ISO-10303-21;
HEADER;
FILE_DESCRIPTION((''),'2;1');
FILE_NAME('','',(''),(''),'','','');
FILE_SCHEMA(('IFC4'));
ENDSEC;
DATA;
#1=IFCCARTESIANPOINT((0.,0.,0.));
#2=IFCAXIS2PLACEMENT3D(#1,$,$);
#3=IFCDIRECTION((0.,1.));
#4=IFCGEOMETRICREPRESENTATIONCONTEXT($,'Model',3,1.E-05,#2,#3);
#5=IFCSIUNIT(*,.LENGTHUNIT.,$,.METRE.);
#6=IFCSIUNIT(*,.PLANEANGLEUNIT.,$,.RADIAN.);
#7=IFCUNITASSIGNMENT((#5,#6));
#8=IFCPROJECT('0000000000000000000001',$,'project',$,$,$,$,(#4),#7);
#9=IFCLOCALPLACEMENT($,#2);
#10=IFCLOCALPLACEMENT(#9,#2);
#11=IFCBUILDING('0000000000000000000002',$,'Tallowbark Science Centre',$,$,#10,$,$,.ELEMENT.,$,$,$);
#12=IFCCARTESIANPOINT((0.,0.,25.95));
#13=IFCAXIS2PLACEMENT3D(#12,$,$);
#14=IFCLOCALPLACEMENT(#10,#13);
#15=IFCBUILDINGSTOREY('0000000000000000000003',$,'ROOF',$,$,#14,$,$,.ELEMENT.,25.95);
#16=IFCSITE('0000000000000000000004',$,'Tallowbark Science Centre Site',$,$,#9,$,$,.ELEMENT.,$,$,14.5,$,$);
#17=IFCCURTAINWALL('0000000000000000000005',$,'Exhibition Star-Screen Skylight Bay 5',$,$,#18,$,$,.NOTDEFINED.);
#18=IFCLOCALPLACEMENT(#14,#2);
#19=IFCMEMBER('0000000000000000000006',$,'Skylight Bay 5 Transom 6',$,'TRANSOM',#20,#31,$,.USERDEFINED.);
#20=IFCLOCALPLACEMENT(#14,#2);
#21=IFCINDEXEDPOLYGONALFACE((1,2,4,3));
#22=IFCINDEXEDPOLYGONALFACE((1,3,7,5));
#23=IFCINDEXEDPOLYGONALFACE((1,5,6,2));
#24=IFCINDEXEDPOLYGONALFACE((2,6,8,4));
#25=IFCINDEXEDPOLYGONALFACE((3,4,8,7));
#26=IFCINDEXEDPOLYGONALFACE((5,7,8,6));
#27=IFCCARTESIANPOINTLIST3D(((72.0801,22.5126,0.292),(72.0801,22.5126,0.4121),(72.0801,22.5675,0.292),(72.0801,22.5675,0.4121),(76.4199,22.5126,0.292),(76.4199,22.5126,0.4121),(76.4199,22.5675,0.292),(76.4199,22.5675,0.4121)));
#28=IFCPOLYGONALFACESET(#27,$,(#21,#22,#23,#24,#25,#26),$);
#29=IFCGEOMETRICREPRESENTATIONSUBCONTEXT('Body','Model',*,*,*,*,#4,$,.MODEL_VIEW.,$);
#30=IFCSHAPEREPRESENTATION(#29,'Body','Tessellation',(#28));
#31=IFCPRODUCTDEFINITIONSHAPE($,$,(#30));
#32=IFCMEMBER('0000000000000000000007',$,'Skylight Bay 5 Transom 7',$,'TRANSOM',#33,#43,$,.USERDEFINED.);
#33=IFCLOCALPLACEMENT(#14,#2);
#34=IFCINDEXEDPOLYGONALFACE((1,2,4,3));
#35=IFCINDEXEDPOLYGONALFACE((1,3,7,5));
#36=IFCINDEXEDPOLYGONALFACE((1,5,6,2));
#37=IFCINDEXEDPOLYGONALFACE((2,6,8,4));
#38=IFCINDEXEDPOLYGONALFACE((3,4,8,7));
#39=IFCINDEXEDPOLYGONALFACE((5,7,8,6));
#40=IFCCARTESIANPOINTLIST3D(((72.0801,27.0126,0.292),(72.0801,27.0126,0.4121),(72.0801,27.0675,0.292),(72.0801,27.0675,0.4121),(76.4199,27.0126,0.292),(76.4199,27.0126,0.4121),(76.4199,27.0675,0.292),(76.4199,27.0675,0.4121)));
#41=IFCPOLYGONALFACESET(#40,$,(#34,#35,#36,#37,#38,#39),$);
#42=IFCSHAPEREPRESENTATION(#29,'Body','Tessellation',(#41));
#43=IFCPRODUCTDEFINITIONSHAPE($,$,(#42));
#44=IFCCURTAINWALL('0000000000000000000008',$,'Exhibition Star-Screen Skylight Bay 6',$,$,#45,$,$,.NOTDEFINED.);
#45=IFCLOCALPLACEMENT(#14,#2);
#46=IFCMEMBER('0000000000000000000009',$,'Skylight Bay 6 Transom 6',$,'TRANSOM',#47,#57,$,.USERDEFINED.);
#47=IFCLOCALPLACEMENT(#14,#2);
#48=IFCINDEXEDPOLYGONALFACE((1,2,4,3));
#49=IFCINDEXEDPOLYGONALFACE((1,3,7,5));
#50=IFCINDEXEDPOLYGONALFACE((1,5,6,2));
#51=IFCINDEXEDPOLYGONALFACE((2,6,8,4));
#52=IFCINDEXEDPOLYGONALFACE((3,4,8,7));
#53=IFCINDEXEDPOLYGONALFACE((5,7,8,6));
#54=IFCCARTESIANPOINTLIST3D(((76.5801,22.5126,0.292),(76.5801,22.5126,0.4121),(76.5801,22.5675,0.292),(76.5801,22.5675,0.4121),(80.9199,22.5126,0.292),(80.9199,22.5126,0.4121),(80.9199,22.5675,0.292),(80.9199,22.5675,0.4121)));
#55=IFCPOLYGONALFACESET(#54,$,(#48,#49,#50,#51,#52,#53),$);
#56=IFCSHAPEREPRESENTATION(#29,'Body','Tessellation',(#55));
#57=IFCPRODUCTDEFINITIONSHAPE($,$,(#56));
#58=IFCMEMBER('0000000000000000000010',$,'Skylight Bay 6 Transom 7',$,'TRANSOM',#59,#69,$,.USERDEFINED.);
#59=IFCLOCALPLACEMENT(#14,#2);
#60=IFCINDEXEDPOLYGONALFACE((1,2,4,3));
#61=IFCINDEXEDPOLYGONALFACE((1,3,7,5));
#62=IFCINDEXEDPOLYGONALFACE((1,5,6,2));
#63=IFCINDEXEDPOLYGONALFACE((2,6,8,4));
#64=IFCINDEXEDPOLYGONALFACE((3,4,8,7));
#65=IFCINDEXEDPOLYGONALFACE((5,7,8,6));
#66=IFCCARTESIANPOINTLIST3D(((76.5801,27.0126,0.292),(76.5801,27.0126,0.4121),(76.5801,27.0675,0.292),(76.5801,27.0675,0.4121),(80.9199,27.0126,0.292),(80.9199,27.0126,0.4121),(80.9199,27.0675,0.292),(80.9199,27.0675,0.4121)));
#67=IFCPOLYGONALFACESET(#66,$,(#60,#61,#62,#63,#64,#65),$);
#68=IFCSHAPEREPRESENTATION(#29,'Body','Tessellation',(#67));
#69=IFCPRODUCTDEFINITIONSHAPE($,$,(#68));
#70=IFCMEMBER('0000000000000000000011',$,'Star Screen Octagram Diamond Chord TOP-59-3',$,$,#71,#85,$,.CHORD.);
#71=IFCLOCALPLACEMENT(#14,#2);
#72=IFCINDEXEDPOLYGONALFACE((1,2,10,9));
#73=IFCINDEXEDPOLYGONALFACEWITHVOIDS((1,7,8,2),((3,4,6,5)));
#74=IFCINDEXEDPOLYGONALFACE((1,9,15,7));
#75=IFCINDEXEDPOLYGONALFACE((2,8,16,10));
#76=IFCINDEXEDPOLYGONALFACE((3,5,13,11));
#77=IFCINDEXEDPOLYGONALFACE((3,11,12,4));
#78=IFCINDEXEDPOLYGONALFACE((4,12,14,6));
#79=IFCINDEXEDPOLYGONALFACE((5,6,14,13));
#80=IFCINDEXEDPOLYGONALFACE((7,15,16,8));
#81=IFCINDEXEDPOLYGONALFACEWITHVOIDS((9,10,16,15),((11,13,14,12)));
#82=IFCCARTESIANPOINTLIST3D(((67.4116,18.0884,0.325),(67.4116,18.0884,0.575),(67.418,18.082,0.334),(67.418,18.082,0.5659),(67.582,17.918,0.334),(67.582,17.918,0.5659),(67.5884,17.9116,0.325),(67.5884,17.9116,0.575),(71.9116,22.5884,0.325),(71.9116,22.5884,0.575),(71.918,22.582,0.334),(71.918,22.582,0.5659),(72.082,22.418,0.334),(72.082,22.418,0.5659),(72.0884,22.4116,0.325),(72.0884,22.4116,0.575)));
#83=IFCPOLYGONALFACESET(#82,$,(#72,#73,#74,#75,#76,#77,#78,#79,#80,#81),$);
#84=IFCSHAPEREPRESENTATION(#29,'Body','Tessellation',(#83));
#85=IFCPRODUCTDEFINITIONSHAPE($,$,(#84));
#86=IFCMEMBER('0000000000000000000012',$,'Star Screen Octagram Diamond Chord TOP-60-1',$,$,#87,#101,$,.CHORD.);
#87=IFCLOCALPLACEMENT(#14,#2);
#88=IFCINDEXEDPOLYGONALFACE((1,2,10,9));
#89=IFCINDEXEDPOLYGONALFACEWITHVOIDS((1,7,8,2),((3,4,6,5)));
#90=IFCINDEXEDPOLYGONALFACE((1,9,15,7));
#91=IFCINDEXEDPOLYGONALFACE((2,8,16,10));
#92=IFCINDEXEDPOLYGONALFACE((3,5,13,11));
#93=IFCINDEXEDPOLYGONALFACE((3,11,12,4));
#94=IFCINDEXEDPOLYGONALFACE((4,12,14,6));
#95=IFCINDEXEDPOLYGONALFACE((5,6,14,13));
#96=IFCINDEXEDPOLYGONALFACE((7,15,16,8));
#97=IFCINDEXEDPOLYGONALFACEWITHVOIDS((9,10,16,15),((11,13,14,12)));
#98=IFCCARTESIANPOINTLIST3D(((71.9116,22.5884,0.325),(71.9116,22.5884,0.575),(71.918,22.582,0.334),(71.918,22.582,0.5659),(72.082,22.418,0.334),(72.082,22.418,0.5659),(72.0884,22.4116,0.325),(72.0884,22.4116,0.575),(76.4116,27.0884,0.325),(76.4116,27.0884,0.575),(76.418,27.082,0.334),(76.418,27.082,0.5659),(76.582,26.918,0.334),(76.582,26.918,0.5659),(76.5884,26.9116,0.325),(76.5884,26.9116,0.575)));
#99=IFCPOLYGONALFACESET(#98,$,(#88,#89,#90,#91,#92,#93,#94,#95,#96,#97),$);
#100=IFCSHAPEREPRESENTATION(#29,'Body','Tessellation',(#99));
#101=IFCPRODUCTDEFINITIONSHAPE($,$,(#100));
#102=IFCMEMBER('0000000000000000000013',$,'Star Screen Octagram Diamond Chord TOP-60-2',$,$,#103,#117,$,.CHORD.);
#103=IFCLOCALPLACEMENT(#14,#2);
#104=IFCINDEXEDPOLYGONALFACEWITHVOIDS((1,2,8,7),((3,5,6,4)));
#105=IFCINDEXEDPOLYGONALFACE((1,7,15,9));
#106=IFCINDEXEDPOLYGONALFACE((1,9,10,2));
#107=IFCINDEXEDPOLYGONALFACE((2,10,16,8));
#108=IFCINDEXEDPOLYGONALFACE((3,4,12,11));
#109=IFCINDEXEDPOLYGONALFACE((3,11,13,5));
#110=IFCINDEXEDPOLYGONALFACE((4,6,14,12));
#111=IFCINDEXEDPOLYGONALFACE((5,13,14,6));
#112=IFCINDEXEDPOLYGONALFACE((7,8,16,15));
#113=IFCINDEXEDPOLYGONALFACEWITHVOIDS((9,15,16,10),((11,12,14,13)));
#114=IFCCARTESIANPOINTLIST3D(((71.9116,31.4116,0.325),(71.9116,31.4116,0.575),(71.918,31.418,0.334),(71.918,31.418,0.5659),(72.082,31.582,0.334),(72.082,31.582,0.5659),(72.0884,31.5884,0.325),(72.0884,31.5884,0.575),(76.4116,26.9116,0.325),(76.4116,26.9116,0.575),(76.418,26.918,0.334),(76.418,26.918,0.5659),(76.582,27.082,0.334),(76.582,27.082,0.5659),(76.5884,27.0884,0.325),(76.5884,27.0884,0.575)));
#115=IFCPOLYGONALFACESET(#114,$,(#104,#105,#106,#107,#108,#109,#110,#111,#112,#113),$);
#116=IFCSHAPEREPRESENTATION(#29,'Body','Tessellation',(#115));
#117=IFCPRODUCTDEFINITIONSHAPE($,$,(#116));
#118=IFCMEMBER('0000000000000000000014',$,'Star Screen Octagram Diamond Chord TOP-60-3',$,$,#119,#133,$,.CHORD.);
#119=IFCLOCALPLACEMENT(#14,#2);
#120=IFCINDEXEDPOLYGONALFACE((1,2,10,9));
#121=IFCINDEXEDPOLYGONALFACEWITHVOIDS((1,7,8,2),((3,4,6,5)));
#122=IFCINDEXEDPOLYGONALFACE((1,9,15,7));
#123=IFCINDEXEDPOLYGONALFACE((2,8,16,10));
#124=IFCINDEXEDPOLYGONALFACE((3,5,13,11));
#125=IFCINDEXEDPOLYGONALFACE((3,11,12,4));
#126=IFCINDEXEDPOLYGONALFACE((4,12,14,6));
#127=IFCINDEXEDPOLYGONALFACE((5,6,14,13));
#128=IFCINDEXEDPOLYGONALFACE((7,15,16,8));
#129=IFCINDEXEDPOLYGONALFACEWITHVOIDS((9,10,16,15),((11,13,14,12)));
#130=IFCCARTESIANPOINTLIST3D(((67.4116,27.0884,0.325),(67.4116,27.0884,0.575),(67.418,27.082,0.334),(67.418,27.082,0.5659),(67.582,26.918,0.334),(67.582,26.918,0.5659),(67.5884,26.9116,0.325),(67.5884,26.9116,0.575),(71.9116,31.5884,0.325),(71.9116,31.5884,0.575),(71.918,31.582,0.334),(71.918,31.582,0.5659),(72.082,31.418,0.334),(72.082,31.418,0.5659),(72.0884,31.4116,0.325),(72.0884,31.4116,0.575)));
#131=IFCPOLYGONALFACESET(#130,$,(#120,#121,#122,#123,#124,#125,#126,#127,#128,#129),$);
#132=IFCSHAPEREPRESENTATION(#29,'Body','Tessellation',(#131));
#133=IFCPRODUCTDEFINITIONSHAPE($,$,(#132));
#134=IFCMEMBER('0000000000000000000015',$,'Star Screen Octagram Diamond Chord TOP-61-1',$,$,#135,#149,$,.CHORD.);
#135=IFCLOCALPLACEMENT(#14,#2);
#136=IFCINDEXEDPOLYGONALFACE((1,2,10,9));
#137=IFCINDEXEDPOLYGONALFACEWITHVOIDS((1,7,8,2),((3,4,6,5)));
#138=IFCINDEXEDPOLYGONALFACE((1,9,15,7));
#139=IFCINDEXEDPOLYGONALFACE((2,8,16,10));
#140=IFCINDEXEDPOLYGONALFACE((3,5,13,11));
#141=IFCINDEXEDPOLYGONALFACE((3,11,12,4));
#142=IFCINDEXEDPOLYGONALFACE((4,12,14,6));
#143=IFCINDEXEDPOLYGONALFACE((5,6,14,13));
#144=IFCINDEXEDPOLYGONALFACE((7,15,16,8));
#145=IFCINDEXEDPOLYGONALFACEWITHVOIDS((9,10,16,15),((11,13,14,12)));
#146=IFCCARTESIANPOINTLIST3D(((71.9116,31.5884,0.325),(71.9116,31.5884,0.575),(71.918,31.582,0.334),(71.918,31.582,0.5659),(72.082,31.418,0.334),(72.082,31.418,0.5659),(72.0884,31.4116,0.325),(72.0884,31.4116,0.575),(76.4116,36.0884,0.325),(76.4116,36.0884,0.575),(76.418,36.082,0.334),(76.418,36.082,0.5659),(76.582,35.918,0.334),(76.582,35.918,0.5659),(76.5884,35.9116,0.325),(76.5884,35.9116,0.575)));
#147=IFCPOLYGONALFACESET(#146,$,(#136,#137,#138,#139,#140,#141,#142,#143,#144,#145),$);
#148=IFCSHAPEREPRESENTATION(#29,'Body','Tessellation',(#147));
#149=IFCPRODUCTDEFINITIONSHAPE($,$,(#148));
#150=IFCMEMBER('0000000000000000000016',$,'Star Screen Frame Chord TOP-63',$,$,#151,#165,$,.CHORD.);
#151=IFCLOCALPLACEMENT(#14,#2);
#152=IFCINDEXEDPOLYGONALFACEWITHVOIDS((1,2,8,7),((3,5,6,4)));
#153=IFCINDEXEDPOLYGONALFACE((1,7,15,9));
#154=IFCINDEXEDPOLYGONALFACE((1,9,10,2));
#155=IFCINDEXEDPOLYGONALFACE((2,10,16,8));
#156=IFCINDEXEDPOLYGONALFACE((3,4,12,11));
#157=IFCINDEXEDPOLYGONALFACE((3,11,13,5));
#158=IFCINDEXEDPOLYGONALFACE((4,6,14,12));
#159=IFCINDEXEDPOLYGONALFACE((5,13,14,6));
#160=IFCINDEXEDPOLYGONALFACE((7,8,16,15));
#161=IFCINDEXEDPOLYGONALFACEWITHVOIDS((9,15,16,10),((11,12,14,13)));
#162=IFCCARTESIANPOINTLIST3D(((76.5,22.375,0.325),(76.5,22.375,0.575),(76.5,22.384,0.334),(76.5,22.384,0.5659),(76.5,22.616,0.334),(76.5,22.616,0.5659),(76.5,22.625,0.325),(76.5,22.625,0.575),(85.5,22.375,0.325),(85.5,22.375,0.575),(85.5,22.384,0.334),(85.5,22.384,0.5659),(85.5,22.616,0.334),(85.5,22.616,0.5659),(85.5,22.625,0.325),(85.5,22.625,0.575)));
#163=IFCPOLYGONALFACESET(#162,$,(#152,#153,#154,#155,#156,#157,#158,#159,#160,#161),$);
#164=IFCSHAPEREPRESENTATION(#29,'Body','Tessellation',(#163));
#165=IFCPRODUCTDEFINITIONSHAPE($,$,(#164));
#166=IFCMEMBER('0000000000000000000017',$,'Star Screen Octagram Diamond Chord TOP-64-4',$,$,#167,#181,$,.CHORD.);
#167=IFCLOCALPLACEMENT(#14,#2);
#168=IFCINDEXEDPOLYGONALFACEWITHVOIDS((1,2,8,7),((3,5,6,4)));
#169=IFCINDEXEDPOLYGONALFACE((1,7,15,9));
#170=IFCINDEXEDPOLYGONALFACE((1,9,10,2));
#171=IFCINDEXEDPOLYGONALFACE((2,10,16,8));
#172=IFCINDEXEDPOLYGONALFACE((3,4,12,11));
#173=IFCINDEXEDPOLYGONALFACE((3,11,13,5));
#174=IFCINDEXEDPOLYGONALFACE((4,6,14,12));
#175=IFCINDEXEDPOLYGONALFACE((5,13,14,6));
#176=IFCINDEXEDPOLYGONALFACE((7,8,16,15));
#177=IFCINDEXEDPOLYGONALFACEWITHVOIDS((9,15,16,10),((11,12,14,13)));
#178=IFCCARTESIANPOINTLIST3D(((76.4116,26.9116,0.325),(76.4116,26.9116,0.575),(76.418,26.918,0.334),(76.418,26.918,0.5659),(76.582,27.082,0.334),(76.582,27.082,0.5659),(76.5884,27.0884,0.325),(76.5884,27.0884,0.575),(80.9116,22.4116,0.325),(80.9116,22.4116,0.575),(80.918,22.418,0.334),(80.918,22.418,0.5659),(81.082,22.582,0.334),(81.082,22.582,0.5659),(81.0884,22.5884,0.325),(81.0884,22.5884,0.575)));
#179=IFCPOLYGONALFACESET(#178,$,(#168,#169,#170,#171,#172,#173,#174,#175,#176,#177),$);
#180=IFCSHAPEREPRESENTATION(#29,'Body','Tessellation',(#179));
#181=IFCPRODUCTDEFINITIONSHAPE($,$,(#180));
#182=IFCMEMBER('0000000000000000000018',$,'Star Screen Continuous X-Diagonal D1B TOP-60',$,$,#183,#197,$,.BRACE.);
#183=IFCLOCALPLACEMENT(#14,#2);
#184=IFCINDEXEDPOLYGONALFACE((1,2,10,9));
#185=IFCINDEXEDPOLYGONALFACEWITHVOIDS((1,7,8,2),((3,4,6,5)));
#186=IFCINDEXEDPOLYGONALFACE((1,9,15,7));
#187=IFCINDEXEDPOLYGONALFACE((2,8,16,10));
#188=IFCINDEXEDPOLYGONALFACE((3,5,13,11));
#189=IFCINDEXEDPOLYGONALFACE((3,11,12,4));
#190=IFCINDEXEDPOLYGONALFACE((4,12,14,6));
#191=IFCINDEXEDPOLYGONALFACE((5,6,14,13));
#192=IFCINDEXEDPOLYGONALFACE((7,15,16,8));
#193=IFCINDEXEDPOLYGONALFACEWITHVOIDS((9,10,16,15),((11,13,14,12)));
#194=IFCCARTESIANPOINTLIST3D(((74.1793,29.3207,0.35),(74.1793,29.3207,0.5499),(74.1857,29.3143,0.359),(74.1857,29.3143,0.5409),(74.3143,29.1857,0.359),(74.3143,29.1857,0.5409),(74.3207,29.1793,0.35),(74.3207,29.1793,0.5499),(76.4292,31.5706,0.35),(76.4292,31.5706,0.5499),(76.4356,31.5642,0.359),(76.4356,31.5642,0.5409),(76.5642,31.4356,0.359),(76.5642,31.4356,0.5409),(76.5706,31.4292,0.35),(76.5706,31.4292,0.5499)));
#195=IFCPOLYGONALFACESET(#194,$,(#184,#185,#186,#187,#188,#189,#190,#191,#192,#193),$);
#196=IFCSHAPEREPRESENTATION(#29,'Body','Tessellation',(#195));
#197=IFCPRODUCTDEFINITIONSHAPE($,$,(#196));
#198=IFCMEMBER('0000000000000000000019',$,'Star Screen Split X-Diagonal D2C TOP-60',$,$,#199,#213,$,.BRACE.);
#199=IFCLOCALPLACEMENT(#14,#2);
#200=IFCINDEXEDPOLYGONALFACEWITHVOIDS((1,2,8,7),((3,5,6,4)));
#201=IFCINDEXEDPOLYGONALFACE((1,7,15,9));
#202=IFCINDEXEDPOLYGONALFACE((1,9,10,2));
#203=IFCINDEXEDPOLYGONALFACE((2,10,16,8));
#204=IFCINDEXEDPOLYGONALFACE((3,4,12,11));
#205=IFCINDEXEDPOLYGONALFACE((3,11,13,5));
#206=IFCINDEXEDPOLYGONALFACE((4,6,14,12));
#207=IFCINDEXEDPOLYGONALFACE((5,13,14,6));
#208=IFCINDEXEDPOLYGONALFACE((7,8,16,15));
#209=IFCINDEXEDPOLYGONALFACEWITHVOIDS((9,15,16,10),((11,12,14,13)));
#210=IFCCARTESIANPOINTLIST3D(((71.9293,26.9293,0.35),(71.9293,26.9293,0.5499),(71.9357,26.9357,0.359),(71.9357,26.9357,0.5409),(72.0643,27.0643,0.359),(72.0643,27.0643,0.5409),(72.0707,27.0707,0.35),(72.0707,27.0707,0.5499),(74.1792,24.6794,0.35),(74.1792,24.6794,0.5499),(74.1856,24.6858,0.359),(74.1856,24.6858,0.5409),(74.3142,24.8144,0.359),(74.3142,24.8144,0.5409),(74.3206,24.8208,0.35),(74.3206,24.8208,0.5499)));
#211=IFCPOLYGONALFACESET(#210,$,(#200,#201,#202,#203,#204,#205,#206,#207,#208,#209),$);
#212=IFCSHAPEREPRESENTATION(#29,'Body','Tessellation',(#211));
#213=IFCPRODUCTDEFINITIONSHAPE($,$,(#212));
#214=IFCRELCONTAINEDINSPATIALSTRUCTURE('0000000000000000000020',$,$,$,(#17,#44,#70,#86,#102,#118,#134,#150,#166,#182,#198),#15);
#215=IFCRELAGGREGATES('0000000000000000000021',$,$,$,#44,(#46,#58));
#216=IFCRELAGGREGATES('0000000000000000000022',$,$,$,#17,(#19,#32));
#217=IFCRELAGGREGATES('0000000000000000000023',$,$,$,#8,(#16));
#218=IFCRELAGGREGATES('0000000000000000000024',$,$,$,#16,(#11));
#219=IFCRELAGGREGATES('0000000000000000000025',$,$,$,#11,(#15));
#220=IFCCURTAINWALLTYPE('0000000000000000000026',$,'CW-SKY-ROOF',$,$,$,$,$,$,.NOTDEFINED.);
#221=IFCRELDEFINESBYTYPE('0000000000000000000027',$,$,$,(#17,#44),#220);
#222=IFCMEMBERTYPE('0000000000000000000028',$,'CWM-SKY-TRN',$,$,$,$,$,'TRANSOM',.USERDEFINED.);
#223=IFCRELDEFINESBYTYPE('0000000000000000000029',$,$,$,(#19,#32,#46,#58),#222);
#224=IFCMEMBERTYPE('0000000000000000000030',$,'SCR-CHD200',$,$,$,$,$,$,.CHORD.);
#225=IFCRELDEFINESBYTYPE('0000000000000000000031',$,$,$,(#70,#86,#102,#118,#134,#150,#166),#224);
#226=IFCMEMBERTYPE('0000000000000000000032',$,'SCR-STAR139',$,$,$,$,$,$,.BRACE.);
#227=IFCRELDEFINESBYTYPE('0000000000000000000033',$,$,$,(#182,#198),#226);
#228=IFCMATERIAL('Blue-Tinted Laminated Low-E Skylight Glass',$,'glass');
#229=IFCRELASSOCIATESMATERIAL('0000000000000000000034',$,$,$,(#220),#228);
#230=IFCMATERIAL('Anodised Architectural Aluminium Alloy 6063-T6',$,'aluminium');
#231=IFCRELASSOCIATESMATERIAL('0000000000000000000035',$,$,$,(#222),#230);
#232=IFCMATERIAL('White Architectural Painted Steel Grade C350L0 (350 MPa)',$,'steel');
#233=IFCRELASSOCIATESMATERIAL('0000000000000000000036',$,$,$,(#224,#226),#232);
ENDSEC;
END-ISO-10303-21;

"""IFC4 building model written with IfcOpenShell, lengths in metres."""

from ifc_helpers import new_model, si_unit, direction, frame, origin, origin_2d, place, context, subcontext, project, spatial, rectangle, hollow_rectangle, extrude, material, material_profile, profile_set, type_object, element, aggregate, save


model = new_model("IFC4")

# Units and contexts
model_context = context("Model", 3, precision=1e-05, world=origin(), true_north=direction((0.0, 1.0)))
body_context = subcontext(model_context, "Body", "Model", "MODEL_VIEW")
ifc_project = project(units=[si_unit("LENGTHUNIT", "METRE"), si_unit("PLANEANGLEUNIT", "RADIAN")], contexts=[model_context])

# Site, building, storey
site_placement = place(None, origin())
site = spatial("IfcSite", under=ifc_project, at=site_placement, Name="Tallowbark Science Centre Site", CompositionType="ELEMENT", RefElevation=14.5)
building_placement = place(site_placement, origin())
building = spatial("IfcBuilding", under=site, at=building_placement, Name="Tallowbark Science Centre", CompositionType="ELEMENT")
storey_placement = place(building_placement, frame((0.0, 0.0, 25.95)))
storey = spatial("IfcBuildingStorey", under=building, at=storey_placement, Name="ROOF", CompositionType="ELEMENT", Elevation=25.95)

# Curtain walls, members
ifc_material_1 = material(Name="Blue-Tinted Laminated Low-E Skylight Glass", Category="glass")
curtain_wall_type = type_object("IfcCurtainWallType", Name="CW-SKY-ROOF", PredefinedType="NOTDEFINED", material=ifc_material_1)
curtain_wall_1_placement = place(storey_placement, origin())
curtain_wall_1 = element("IfcCurtainWall", 1, at=curtain_wall_1_placement, inside=storey, type_object=curtain_wall_type, Name="Exhibition Star-Screen Skylight Bay 5", PredefinedType="NOTDEFINED")
ifc_material_2 = material(Name="Anodised Architectural Aluminium Alloy 6063-T6", Category="aluminium")
ifc_material_profile_1 = material_profile(ifc_material_2, rectangle(XDim=0.0549, YDim=0.1201, at=origin_2d()), Name="ALU55x120")
ifc_profile_set_1 = profile_set([ifc_material_profile_1], Name="Anodised Architectural Aluminium Alloy 6063-T6")
member_type_1 = type_object("IfcMemberType", Name="CWM-SKY-TRN", ElementType="TRANSOM", PredefinedType="USERDEFINED", material=ifc_profile_set_1)
member_1_placement = place(storey_placement, frame((72.0801, 22.54, 0.3521), z_axis=(1.0, 0.0, 0.0), x_axis=(0.0, 1.0, 0.0)))
member_1 = element("IfcMember", 2, at=member_1_placement, type_object=member_type_1, Name="Skylight Bay 5 Transom 6", ObjectType="TRANSOM", PredefinedType="USERDEFINED", context=body_context, shape_type="SweptSolid", body=[
    extrude(rectangle(XDim=0.0549, YDim=0.1201, at=origin_2d()), origin(), (0.0, 0.0, 1.0), 4.3398),
])
member_2_placement = place(storey_placement, frame((72.0801, 27.04, 0.3521), z_axis=(1.0, 0.0, 0.0), x_axis=(0.0, 1.0, 0.0)))
member_2 = element("IfcMember", 3, at=member_2_placement, type_object=member_type_1, Name="Skylight Bay 5 Transom 7", ObjectType="TRANSOM", PredefinedType="USERDEFINED", context=body_context, shape_type="SweptSolid", body=[
    extrude(rectangle(XDim=0.0549, YDim=0.1201, at=origin_2d()), origin(), (0.0, 0.0, 1.0), 4.3398),
])
curtain_wall_2_placement = place(storey_placement, origin())
curtain_wall_2 = element("IfcCurtainWall", 4, at=curtain_wall_2_placement, inside=storey, type_object=curtain_wall_type, Name="Exhibition Star-Screen Skylight Bay 6", PredefinedType="NOTDEFINED")
member_3_placement = place(storey_placement, frame((76.5801, 22.54, 0.3521), z_axis=(1.0, 0.0, 0.0), x_axis=(0.0, 1.0, 0.0)))
member_3 = element("IfcMember", 5, at=member_3_placement, type_object=member_type_1, Name="Skylight Bay 6 Transom 6", ObjectType="TRANSOM", PredefinedType="USERDEFINED", context=body_context, shape_type="SweptSolid", body=[
    extrude(rectangle(XDim=0.0549, YDim=0.1201, at=origin_2d()), origin(), (0.0, 0.0, 1.0), 4.3398),
])
member_4_placement = place(storey_placement, frame((76.5801, 27.04, 0.3521), z_axis=(1.0, 0.0, 0.0), x_axis=(0.0, 1.0, 0.0)))
member_4 = element("IfcMember", 6, at=member_4_placement, type_object=member_type_1, Name="Skylight Bay 6 Transom 7", ObjectType="TRANSOM", PredefinedType="USERDEFINED", context=body_context, shape_type="SweptSolid", body=[
    extrude(rectangle(XDim=0.0549, YDim=0.1201, at=origin_2d()), origin(), (0.0, 0.0, 1.0), 4.3398),
])
aggregate(curtain_wall_2, [member_3, member_4])

# Members
ifc_material_3 = material(Name="White Architectural Painted Steel Grade C350L0 (350 MPa)", Category="steel")
ifc_material_profile_2 = material_profile(ifc_material_3, hollow_rectangle(XDim=0.25, YDim=0.25, WallThickness=0.009, at=origin_2d()), Name="250x250x9.0SHS")
ifc_profile_set_2 = profile_set([ifc_material_profile_2], Name="White Architectural Painted Steel Grade C350L0 (350 MPa)")
member_type_2 = type_object("IfcMemberType", Name="SCR-CHD200", PredefinedType="CHORD", material=ifc_profile_set_2)
for number, where, z_axis, x_axis, name in (
    (7, (72.0, 22.5, 0.45), (-0.707107, -0.707107, 0.0), (0.707107, -0.707107, 0.0), "Star Screen Octagram Diamond Chord TOP-59-3"),
    (8, (72.0, 22.5, 0.45), (0.707107, 0.707107, 0.0), (-0.707107, 0.707107, 0.0), "Star Screen Octagram Diamond Chord TOP-60-1"),
    (9, (76.5, 27.0, 0.45), (-0.707107, 0.707107, 0.0), (-0.707107, -0.707107, 0.0), "Star Screen Octagram Diamond Chord TOP-60-2"),
    (10, (72.0, 31.5, 0.45), (-0.707107, -0.707107, 0.0), (0.707107, -0.707107, 0.0), "Star Screen Octagram Diamond Chord TOP-60-3"),
    (11, (72.0, 31.5, 0.45), (0.707107, 0.707107, 0.0), (-0.707107, 0.707107, 0.0), "Star Screen Octagram Diamond Chord TOP-61-1"),
):
    element("IfcMember", number, at=place(storey_placement, frame(where, z_axis=z_axis, x_axis=x_axis)), inside=storey, type_object=member_type_2, Name=name, PredefinedType="CHORD", context=body_context, shape_type="SweptSolid", body=[
        extrude(hollow_rectangle(XDim=0.25, YDim=0.25, WallThickness=0.009, at=origin_2d()), origin(), (0.0, 0.0, 1.0), 6.364),
    ])
member_5_placement = place(storey_placement, frame((76.5, 22.5, 0.45), z_axis=(1.0, 0.0, 0.0), x_axis=(0.0, 1.0, 0.0)))
element("IfcMember", 12, at=member_5_placement, inside=storey, type_object=member_type_2, Name="Star Screen Frame Chord TOP-63", PredefinedType="CHORD", context=body_context, shape_type="SweptSolid", body=[
    extrude(hollow_rectangle(XDim=0.25, YDim=0.25, WallThickness=0.009, at=origin_2d()), origin(), (0.0, 0.0, 1.0), 9.0),
])
member_6_placement = place(storey_placement, frame((76.5, 27.0, 0.45), z_axis=(0.707107, -0.707107, 0.0), x_axis=(0.707107, 0.707107, 0.0)))
element("IfcMember", 13, at=member_6_placement, inside=storey, type_object=member_type_2, Name="Star Screen Octagram Diamond Chord TOP-64-4", PredefinedType="CHORD", context=body_context, shape_type="SweptSolid", body=[
    extrude(hollow_rectangle(XDim=0.25, YDim=0.25, WallThickness=0.009, at=origin_2d()), origin(), (0.0, 0.0, 1.0), 6.364),
])
ifc_material_profile_3 = material_profile(ifc_material_3, hollow_rectangle(XDim=0.2, YDim=0.2, WallThickness=0.009, at=origin_2d()), Name="200x200x9.0SHS")
ifc_profile_set_3 = profile_set([ifc_material_profile_3], Name="White Architectural Painted Steel Grade C350L0 (350 MPa)")
member_type_3 = type_object("IfcMemberType", Name="SCR-STAR139", PredefinedType="BRACE", material=ifc_profile_set_3)
for number, where, z_axis, x_axis, name in (
    (14, (74.25, 29.25, 0.45), (0.707107, 0.707107, 0.0), (-0.707107, 0.707107, 0.0), "Star Screen Continuous X-Diagonal D1B TOP-60"),
    (15, (72.0, 27.0, 0.45), (0.707107, -0.707107, 0.0), (0.707107, 0.707107, 0.0), "Star Screen Split X-Diagonal D2C TOP-60"),
):
    element("IfcMember", number, at=place(storey_placement, frame(where, z_axis=z_axis, x_axis=x_axis)), inside=storey, type_object=member_type_3, Name=name, PredefinedType="BRACE", context=body_context, shape_type="SweptSolid", body=[
        extrude(hollow_rectangle(XDim=0.2, YDim=0.2, WallThickness=0.009, at=origin_2d()), origin(), (0.0, 0.0, 1.0), 3.1819),
    ])

aggregate(curtain_wall_1, [member_1, member_2])

save(model, "model.ifc")
